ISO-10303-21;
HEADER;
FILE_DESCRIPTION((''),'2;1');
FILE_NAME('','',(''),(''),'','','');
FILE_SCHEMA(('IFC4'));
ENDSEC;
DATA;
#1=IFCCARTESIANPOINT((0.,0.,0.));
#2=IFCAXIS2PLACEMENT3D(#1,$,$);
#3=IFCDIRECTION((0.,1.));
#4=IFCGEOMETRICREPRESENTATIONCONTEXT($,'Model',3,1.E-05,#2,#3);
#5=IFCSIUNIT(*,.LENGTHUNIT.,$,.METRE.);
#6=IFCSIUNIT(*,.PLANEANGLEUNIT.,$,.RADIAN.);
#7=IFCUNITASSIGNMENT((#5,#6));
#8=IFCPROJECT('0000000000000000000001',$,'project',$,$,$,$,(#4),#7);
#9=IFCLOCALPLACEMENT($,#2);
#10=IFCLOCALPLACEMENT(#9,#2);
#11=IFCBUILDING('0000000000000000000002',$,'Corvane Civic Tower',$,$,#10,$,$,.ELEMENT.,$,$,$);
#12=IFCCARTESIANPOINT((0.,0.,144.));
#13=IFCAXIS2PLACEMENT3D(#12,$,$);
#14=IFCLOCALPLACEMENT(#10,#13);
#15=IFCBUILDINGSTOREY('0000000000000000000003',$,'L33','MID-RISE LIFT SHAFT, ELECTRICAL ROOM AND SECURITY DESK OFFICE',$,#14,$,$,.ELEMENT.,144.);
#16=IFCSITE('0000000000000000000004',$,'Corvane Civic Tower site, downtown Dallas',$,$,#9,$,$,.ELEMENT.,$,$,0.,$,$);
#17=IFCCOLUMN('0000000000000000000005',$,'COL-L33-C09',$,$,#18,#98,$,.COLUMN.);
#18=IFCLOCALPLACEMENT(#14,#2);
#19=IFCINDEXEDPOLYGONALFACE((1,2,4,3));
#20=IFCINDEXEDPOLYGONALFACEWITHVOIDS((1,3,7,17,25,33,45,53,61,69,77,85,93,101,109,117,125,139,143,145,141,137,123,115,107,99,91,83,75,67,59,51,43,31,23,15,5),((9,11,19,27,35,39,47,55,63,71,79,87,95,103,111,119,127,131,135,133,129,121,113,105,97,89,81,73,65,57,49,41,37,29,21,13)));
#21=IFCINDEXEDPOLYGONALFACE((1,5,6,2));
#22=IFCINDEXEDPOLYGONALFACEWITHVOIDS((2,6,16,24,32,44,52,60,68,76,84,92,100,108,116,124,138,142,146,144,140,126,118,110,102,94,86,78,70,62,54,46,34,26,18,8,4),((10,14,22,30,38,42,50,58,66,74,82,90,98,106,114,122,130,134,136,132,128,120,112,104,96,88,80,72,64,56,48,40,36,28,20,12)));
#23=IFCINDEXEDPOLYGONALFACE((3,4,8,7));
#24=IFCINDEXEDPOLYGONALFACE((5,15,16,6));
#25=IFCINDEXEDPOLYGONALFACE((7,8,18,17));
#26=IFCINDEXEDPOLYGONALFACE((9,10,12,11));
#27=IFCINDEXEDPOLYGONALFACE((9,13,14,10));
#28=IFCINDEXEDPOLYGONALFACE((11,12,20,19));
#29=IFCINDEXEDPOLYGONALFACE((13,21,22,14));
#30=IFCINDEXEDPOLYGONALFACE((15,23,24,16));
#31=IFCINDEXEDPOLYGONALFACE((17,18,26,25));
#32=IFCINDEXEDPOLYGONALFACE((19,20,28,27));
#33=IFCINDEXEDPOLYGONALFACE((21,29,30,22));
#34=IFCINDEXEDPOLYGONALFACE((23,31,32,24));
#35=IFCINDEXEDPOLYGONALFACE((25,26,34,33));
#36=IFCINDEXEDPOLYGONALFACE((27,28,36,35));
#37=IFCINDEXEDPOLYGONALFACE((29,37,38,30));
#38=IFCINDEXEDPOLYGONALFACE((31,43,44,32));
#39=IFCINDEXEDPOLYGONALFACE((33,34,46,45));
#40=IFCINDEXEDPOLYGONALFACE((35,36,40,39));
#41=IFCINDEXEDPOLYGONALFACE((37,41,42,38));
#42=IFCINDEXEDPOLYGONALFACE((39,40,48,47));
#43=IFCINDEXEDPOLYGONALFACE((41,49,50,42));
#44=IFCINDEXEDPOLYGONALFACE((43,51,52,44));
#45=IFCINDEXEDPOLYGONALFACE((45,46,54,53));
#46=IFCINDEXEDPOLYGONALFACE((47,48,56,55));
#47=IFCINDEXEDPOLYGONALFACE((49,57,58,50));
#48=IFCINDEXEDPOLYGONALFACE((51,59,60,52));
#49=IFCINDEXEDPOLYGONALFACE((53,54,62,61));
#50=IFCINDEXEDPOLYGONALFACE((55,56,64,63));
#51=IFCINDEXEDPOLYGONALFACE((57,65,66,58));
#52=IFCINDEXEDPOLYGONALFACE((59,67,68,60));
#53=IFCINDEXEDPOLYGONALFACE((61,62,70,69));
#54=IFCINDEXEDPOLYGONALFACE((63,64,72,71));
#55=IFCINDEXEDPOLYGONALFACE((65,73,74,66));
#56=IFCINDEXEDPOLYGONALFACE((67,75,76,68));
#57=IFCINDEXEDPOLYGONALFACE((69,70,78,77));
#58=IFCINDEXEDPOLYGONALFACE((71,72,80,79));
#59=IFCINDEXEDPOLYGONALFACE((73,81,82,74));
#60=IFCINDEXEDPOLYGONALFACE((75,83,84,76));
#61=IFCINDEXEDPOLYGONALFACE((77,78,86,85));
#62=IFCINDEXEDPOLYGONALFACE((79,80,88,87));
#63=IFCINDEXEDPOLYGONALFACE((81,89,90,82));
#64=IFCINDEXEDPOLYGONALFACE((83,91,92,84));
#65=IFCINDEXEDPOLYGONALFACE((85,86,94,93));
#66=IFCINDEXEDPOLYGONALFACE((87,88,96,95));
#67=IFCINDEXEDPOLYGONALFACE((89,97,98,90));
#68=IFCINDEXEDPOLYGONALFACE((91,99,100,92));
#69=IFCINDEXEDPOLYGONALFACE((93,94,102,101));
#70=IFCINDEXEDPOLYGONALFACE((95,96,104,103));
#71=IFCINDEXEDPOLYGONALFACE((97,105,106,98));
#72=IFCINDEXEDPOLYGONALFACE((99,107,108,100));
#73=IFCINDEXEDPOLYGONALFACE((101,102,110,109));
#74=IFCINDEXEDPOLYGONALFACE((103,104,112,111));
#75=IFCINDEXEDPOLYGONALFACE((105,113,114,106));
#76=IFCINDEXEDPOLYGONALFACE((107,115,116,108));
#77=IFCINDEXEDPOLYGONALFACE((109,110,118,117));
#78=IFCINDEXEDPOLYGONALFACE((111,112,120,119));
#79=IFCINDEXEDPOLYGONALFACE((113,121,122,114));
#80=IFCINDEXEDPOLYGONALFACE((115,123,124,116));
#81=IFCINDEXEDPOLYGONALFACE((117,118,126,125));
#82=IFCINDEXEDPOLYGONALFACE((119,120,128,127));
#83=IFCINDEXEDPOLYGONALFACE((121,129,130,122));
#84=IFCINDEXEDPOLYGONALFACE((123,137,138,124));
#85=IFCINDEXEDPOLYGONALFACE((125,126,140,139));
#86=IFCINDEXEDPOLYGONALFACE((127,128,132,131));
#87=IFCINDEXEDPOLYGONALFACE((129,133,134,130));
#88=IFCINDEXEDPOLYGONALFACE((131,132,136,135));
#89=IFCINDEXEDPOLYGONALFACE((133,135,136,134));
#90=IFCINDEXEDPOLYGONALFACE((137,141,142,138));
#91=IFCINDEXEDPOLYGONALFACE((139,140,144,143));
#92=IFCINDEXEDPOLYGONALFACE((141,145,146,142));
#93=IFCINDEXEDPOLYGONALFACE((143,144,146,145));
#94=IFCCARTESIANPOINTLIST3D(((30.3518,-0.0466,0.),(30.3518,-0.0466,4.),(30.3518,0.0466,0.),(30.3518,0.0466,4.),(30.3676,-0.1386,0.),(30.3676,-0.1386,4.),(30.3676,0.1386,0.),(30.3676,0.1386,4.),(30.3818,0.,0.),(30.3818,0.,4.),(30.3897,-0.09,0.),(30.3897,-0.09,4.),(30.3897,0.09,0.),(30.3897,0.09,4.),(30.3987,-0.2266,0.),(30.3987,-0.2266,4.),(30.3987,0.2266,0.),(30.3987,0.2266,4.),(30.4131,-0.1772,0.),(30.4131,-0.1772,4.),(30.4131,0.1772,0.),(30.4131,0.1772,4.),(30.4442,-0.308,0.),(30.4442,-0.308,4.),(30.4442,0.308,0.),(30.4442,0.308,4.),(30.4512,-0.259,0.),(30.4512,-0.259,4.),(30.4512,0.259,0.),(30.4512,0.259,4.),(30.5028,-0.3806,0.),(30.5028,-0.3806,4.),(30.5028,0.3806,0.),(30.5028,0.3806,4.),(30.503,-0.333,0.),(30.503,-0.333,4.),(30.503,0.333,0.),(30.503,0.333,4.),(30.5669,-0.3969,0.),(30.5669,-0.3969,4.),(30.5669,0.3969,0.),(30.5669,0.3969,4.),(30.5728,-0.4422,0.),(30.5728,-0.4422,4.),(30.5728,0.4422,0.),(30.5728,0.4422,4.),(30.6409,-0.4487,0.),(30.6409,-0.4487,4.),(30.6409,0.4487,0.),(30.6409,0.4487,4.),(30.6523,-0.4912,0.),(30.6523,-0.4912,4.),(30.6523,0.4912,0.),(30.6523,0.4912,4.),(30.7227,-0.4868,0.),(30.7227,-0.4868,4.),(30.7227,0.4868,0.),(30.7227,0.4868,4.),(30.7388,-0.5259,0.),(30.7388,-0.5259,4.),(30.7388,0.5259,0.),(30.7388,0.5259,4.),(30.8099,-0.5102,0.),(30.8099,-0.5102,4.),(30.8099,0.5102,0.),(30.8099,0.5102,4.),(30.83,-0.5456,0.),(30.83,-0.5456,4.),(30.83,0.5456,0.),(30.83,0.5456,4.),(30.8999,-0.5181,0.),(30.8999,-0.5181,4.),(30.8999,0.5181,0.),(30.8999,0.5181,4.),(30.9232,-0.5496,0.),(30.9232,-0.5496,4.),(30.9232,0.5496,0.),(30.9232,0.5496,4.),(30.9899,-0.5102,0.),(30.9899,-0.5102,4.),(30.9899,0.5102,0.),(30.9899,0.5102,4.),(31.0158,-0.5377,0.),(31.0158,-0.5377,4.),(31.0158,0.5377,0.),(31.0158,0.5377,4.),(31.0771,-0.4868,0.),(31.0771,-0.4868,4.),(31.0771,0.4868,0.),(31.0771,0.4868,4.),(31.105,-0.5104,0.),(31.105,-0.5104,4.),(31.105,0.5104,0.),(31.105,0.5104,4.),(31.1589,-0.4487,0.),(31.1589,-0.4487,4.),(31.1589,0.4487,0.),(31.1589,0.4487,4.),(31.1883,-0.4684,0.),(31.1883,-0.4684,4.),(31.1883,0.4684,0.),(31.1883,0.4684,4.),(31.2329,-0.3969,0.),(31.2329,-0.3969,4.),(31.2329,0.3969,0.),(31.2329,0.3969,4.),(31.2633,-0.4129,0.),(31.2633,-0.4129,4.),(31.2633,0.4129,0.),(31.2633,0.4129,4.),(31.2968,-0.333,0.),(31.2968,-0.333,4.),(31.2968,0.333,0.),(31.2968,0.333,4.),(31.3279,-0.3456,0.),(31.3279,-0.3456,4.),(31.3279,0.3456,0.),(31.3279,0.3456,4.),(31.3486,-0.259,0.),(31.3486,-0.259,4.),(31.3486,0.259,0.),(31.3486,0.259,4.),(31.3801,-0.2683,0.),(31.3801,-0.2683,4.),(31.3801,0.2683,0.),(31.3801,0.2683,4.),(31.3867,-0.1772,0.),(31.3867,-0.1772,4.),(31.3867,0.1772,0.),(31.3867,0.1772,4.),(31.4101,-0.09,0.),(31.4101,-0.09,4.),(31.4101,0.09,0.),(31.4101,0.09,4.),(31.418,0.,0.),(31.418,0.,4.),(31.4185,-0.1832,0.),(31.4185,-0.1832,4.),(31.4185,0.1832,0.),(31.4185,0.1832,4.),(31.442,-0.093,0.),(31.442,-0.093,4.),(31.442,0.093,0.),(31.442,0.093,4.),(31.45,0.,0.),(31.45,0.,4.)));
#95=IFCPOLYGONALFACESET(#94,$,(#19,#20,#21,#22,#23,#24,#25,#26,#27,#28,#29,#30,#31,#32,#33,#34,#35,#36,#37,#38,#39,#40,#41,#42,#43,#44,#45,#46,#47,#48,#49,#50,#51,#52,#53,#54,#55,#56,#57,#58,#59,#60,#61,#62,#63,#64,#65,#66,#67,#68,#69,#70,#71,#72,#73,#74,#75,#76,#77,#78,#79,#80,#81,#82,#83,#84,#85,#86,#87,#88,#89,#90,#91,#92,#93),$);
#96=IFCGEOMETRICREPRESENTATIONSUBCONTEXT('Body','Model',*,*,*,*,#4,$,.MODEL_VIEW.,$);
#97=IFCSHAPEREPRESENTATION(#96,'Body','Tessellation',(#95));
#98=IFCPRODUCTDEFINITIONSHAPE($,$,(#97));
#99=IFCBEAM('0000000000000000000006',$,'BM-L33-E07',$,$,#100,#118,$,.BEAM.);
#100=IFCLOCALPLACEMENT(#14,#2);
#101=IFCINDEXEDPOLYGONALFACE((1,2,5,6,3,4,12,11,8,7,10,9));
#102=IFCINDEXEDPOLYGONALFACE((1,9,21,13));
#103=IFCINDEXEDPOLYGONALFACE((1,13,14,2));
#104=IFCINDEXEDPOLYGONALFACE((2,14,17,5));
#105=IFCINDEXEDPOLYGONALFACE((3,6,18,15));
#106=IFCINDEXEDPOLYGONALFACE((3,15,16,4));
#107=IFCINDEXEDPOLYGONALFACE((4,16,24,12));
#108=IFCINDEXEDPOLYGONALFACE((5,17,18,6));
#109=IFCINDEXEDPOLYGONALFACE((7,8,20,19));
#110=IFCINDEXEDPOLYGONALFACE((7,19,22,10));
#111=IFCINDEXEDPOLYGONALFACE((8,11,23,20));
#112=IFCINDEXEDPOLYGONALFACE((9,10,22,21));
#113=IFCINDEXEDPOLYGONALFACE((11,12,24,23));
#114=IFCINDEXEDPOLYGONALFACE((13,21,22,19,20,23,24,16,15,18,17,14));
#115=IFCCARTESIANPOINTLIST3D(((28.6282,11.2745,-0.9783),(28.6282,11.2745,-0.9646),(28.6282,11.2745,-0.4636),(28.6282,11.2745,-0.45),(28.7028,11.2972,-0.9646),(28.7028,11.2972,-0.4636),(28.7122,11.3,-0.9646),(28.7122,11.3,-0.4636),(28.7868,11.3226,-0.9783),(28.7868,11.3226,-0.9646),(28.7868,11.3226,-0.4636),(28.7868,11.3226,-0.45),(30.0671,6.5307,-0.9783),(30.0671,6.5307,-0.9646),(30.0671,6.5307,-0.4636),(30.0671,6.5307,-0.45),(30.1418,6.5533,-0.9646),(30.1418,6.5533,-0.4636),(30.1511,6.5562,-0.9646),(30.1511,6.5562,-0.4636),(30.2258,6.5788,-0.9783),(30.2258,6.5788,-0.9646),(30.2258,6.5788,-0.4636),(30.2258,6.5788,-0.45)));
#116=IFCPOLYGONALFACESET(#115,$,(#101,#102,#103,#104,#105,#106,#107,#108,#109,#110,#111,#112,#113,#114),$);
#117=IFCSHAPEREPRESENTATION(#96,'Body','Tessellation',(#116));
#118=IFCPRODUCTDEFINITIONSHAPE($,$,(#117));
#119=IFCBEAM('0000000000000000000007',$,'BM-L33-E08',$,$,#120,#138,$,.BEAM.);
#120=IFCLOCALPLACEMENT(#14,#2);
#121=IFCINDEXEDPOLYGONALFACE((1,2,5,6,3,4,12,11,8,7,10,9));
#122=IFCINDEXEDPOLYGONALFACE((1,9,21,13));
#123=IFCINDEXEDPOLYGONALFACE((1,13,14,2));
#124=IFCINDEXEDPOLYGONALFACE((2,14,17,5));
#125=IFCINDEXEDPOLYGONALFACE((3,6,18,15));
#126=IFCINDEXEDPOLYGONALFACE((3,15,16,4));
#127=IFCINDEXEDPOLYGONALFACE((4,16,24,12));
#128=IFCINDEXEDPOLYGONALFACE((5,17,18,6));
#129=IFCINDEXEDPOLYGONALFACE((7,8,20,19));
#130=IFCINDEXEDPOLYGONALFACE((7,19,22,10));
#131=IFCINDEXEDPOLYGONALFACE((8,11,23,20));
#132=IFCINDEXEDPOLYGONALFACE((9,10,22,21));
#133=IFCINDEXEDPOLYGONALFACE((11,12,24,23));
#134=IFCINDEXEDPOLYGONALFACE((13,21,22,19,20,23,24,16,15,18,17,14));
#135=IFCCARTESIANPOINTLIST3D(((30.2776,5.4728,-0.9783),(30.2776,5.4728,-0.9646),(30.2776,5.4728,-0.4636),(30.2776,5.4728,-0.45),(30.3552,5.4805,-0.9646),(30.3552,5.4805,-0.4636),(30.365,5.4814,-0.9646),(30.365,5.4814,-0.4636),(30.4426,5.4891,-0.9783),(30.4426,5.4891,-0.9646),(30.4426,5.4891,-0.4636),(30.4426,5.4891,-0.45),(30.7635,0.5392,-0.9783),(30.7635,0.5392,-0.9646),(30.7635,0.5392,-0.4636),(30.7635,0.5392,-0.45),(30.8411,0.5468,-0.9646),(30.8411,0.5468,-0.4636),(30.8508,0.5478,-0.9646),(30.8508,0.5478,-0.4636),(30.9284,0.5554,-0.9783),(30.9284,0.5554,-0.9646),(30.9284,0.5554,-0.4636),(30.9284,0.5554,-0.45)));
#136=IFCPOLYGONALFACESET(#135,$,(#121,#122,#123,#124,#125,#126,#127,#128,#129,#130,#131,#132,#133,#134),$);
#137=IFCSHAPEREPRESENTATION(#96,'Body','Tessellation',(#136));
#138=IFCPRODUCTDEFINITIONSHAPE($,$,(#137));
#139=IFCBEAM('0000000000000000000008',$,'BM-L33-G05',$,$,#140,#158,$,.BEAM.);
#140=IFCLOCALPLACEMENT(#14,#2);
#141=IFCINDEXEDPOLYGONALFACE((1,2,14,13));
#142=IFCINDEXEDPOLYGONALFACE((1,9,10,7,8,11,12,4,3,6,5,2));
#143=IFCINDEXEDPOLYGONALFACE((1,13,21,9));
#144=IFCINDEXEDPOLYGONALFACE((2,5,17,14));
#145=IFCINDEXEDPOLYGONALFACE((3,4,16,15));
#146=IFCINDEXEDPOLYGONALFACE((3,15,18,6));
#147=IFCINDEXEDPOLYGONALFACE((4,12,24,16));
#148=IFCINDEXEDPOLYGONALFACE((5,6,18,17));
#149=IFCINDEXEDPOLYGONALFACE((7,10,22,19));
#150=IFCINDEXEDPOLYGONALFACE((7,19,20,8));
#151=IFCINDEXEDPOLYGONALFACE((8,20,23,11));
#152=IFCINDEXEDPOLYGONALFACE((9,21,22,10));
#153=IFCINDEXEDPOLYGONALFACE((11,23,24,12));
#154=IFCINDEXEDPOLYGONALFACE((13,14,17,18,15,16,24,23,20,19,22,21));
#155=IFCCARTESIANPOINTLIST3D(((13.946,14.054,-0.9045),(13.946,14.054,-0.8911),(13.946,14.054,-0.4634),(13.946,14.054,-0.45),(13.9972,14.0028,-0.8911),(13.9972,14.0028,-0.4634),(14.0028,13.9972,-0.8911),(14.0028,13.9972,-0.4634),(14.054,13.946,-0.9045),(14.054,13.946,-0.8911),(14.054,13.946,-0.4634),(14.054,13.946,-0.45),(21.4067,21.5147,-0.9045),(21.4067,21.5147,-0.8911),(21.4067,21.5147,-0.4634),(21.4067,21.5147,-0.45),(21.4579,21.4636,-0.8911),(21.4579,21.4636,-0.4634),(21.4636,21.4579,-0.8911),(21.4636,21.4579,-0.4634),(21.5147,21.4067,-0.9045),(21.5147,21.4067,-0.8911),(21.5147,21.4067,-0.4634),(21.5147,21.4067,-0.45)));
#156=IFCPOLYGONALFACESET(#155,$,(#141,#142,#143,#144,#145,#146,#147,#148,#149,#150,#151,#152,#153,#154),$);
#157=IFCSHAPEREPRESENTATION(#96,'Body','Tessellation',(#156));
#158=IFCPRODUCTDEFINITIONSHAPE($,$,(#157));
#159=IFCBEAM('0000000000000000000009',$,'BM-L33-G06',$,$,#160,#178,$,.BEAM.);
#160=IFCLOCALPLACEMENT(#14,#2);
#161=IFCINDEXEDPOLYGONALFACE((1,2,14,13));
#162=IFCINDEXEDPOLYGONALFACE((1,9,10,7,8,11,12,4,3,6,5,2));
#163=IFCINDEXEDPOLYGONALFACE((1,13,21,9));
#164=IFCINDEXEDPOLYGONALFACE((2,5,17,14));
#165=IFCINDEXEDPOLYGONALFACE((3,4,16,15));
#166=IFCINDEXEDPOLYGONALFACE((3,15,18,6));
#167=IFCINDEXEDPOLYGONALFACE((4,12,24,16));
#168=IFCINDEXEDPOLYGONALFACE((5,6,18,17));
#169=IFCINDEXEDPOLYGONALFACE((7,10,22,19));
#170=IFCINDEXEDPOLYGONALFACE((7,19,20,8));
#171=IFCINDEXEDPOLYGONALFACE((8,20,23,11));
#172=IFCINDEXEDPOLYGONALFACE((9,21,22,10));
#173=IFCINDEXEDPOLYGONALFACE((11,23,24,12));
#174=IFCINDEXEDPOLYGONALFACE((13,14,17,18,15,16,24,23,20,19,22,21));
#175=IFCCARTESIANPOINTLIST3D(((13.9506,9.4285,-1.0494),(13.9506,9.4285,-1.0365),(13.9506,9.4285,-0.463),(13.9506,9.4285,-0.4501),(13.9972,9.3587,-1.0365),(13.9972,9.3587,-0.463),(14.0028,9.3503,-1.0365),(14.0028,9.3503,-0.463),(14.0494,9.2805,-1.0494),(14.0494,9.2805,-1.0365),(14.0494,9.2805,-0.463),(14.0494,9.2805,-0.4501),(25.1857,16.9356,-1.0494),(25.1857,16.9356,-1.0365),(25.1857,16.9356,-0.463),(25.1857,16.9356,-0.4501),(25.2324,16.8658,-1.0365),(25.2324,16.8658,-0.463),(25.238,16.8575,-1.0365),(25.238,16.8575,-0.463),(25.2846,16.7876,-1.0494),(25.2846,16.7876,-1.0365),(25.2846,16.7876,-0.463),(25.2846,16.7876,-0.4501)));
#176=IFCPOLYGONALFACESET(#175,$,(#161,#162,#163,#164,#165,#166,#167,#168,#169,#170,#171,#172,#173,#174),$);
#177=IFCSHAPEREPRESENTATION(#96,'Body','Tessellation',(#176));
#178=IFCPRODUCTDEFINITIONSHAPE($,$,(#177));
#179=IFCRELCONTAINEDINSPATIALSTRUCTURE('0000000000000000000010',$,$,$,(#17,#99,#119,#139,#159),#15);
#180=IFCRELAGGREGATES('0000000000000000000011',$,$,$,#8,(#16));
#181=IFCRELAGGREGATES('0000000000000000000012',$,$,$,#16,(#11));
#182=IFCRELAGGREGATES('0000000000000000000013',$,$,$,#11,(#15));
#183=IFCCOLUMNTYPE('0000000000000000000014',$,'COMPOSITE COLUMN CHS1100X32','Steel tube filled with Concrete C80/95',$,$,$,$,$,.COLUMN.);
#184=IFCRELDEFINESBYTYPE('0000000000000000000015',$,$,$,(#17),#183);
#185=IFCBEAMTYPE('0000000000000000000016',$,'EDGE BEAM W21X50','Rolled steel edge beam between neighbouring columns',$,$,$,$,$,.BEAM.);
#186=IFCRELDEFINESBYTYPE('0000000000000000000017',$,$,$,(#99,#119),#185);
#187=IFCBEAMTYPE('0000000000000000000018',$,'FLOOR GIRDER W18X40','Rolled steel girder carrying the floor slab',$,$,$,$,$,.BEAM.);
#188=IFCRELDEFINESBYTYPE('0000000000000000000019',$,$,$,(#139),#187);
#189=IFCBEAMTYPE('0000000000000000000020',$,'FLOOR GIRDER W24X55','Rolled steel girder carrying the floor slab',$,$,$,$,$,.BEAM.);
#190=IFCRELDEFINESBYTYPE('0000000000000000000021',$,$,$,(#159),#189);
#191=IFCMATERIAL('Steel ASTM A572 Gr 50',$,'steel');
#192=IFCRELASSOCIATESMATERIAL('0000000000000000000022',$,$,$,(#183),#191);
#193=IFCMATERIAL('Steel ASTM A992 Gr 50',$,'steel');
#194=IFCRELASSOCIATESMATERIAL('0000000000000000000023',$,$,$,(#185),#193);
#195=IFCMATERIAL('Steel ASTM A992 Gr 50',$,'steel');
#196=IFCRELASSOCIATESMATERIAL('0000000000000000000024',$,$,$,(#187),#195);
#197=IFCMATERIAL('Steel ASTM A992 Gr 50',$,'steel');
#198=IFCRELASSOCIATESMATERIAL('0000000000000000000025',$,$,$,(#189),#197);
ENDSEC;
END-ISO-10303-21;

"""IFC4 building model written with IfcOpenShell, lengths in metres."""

from ifc_helpers import new_model, si_unit, direction, frame, origin, origin_2d, place, context, subcontext, project, spatial, hollow_circle, i_section, extrude, material, material_profile, profile_set, type_object, element, save


model = new_model("IFC4")

# Units and contexts
model_context = context("Model", 3, precision=1e-05, world=origin(), true_north=direction((0.0, 1.0)))
body_context = subcontext(model_context, "Body", "Model", "MODEL_VIEW")
ifc_project = project(units=[si_unit("LENGTHUNIT", "METRE"), si_unit("PLANEANGLEUNIT", "RADIAN")], contexts=[model_context])

# Site, building, storey
site_placement = place(None, origin())
site = spatial("IfcSite", under=ifc_project, at=site_placement, Name="Corvane Civic Tower site, downtown Dallas", CompositionType="ELEMENT", RefElevation=0.0)
building_placement = place(site_placement, origin())
building = spatial("IfcBuilding", under=site, at=building_placement, Name="Corvane Civic Tower", CompositionType="ELEMENT")
storey_placement = place(building_placement, frame((0.0, 0.0, 144.0)))
storey = spatial("IfcBuildingStorey", under=building, at=storey_placement, Name="L33", Description="MID-RISE LIFT SHAFT, ELECTRICAL ROOM AND SECURITY DESK OFFICE", CompositionType="ELEMENT", Elevation=144.0)

# Column
ifc_material_1 = material(Name="Steel ASTM A572 Gr 50", Category="steel")
ifc_material_profile_1 = material_profile(ifc_material_1, hollow_circle(Radius=0.55, WallThickness=0.032, at=origin_2d()), Name="CHS1100X32")
ifc_profile_set_1 = profile_set([ifc_material_profile_1], Name="Steel ASTM A572 Gr 50")
column_type = type_object("IfcColumnType", Name="COMPOSITE COLUMN CHS1100X32", Description="Steel tube filled with Concrete C80/95", PredefinedType="COLUMN", material=ifc_profile_set_1)
for number, where, z_axis, x_axis, name in (
    (1, (30.8999, 0.0, 0.0), (0.0, 0.0, 1.0), (1.0, 0.0, 0.0), "COL-L33-C09"),
):
    element("IfcColumn", number, at=place(storey_placement, frame(where, z_axis=z_axis, x_axis=x_axis)), inside=storey, type_object=column_type, Name=name, PredefinedType="COLUMN", context=body_context, shape_type="SweptSolid", body=[
        extrude(hollow_circle(Radius=0.55, WallThickness=0.032, at=origin_2d()), origin(), (0.0, 0.0, 1.0), 4.0),
    ])

# Beams
ifc_material_2 = material(Name="Steel ASTM A992 Gr 50", Category="steel")
ifc_material_profile_2 = material_profile(ifc_material_2, i_section(OverallWidth=0.1658, OverallDepth=0.5283, WebThickness=0.0098, FlangeThickness=0.0137, at=origin_2d()), Name="W21X50")
ifc_profile_set_2 = profile_set([ifc_material_profile_2], Name="Steel ASTM A992 Gr 50")
beam_type_1 = type_object("IfcBeamType", Name="EDGE BEAM W21X50", Description="Rolled steel edge beam between neighbouring columns", PredefinedType="BEAM", material=ifc_profile_set_2)
beam_1_placement = place(storey_placement, frame((28.7075, 11.2986, -0.7141), z_axis=(0.29027, -0.956945, 0.0), x_axis=(0.956945, 0.29027, 0.0)))
element("IfcBeam", 2, at=beam_1_placement, inside=storey, type_object=beam_type_1, Name="BM-L33-E07", PredefinedType="BEAM", context=body_context, shape_type="SweptSolid", body=[
    extrude(i_section(OverallWidth=0.1658, OverallDepth=0.5283, WebThickness=0.0098, FlangeThickness=0.0137, at=origin_2d()), origin(), (0.0, 0.0, 1.0), 4.9573),
])
beam_2_placement = place(storey_placement, frame((30.3601, 5.481, -0.7141), z_axis=(0.098002, -0.995186, 0.0), x_axis=(0.995186, 0.098002, 0.0)))
element("IfcBeam", 3, at=beam_2_placement, inside=storey, type_object=beam_type_1, Name="BM-L33-E08", PredefinedType="BEAM", context=body_context, shape_type="SweptSolid", body=[
    extrude(i_section(OverallWidth=0.1658, OverallDepth=0.5283, WebThickness=0.0098, FlangeThickness=0.0137, at=origin_2d()), origin(), (0.0, 0.0, 1.0), 4.9575),
])
ifc_material_3 = material(Name="Steel ASTM A992 Gr 50", Category="steel")
ifc_material_profile_3 = material_profile(ifc_material_3, i_section(OverallWidth=0.1528, OverallDepth=0.4546, WebThickness=0.0081, FlangeThickness=0.0134, at=origin_2d()), Name="W18X40")
ifc_profile_set_3 = profile_set([ifc_material_profile_3], Name="Steel ASTM A992 Gr 50")
beam_type_2 = type_object("IfcBeamType", Name="FLOOR GIRDER W18X40", Description="Rolled steel girder carrying the floor slab", PredefinedType="BEAM", material=ifc_profile_set_3)
beam_3_placement = place(storey_placement, frame((14.0, 14.0, -0.6772), z_axis=(0.707107, 0.707107, 0.0), x_axis=(-0.707107, 0.707107, 0.0)))
element("IfcBeam", 4, at=beam_3_placement, inside=storey, type_object=beam_type_2, Name="BM-L33-G05", PredefinedType="BEAM", context=body_context, shape_type="SweptSolid", body=[
    extrude(i_section(OverallWidth=0.1528, OverallDepth=0.4546, WebThickness=0.0081, FlangeThickness=0.0134, at=origin_2d()), origin(), (0.0, 0.0, 1.0), 10.551),
])
ifc_material_4 = material(Name="Steel ASTM A992 Gr 50", Category="steel")
ifc_material_profile_4 = material_profile(ifc_material_4, i_section(OverallWidth=0.178, OverallDepth=0.5994, WebThickness=0.01, FlangeThickness=0.0129, at=origin_2d()), Name="W24X55")
ifc_profile_set_4 = profile_set([ifc_material_profile_4], Name="Steel ASTM A992 Gr 50")
beam_type_3 = type_object("IfcBeamType", Name="FLOOR GIRDER W24X55", Description="Rolled steel girder carrying the floor slab", PredefinedType="BEAM", material=ifc_profile_set_4)
beam_4_placement = place(storey_placement, frame((14.0, 9.3545, -0.7498), z_axis=(0.831469, 0.555571, 0.0), x_axis=(-0.555571, 0.831469, 0.0)))
element("IfcBeam", 5, at=beam_4_placement, inside=storey, type_object=beam_type_3, Name="BM-L33-G06", PredefinedType="BEAM", context=body_context, shape_type="SweptSolid", body=[
    extrude(i_section(OverallWidth=0.178, OverallDepth=0.5994, WebThickness=0.01, FlangeThickness=0.0129, at=origin_2d()), origin(), (0.0, 0.0, 1.0), 13.5125),
])

save(model, "model.ifc")
